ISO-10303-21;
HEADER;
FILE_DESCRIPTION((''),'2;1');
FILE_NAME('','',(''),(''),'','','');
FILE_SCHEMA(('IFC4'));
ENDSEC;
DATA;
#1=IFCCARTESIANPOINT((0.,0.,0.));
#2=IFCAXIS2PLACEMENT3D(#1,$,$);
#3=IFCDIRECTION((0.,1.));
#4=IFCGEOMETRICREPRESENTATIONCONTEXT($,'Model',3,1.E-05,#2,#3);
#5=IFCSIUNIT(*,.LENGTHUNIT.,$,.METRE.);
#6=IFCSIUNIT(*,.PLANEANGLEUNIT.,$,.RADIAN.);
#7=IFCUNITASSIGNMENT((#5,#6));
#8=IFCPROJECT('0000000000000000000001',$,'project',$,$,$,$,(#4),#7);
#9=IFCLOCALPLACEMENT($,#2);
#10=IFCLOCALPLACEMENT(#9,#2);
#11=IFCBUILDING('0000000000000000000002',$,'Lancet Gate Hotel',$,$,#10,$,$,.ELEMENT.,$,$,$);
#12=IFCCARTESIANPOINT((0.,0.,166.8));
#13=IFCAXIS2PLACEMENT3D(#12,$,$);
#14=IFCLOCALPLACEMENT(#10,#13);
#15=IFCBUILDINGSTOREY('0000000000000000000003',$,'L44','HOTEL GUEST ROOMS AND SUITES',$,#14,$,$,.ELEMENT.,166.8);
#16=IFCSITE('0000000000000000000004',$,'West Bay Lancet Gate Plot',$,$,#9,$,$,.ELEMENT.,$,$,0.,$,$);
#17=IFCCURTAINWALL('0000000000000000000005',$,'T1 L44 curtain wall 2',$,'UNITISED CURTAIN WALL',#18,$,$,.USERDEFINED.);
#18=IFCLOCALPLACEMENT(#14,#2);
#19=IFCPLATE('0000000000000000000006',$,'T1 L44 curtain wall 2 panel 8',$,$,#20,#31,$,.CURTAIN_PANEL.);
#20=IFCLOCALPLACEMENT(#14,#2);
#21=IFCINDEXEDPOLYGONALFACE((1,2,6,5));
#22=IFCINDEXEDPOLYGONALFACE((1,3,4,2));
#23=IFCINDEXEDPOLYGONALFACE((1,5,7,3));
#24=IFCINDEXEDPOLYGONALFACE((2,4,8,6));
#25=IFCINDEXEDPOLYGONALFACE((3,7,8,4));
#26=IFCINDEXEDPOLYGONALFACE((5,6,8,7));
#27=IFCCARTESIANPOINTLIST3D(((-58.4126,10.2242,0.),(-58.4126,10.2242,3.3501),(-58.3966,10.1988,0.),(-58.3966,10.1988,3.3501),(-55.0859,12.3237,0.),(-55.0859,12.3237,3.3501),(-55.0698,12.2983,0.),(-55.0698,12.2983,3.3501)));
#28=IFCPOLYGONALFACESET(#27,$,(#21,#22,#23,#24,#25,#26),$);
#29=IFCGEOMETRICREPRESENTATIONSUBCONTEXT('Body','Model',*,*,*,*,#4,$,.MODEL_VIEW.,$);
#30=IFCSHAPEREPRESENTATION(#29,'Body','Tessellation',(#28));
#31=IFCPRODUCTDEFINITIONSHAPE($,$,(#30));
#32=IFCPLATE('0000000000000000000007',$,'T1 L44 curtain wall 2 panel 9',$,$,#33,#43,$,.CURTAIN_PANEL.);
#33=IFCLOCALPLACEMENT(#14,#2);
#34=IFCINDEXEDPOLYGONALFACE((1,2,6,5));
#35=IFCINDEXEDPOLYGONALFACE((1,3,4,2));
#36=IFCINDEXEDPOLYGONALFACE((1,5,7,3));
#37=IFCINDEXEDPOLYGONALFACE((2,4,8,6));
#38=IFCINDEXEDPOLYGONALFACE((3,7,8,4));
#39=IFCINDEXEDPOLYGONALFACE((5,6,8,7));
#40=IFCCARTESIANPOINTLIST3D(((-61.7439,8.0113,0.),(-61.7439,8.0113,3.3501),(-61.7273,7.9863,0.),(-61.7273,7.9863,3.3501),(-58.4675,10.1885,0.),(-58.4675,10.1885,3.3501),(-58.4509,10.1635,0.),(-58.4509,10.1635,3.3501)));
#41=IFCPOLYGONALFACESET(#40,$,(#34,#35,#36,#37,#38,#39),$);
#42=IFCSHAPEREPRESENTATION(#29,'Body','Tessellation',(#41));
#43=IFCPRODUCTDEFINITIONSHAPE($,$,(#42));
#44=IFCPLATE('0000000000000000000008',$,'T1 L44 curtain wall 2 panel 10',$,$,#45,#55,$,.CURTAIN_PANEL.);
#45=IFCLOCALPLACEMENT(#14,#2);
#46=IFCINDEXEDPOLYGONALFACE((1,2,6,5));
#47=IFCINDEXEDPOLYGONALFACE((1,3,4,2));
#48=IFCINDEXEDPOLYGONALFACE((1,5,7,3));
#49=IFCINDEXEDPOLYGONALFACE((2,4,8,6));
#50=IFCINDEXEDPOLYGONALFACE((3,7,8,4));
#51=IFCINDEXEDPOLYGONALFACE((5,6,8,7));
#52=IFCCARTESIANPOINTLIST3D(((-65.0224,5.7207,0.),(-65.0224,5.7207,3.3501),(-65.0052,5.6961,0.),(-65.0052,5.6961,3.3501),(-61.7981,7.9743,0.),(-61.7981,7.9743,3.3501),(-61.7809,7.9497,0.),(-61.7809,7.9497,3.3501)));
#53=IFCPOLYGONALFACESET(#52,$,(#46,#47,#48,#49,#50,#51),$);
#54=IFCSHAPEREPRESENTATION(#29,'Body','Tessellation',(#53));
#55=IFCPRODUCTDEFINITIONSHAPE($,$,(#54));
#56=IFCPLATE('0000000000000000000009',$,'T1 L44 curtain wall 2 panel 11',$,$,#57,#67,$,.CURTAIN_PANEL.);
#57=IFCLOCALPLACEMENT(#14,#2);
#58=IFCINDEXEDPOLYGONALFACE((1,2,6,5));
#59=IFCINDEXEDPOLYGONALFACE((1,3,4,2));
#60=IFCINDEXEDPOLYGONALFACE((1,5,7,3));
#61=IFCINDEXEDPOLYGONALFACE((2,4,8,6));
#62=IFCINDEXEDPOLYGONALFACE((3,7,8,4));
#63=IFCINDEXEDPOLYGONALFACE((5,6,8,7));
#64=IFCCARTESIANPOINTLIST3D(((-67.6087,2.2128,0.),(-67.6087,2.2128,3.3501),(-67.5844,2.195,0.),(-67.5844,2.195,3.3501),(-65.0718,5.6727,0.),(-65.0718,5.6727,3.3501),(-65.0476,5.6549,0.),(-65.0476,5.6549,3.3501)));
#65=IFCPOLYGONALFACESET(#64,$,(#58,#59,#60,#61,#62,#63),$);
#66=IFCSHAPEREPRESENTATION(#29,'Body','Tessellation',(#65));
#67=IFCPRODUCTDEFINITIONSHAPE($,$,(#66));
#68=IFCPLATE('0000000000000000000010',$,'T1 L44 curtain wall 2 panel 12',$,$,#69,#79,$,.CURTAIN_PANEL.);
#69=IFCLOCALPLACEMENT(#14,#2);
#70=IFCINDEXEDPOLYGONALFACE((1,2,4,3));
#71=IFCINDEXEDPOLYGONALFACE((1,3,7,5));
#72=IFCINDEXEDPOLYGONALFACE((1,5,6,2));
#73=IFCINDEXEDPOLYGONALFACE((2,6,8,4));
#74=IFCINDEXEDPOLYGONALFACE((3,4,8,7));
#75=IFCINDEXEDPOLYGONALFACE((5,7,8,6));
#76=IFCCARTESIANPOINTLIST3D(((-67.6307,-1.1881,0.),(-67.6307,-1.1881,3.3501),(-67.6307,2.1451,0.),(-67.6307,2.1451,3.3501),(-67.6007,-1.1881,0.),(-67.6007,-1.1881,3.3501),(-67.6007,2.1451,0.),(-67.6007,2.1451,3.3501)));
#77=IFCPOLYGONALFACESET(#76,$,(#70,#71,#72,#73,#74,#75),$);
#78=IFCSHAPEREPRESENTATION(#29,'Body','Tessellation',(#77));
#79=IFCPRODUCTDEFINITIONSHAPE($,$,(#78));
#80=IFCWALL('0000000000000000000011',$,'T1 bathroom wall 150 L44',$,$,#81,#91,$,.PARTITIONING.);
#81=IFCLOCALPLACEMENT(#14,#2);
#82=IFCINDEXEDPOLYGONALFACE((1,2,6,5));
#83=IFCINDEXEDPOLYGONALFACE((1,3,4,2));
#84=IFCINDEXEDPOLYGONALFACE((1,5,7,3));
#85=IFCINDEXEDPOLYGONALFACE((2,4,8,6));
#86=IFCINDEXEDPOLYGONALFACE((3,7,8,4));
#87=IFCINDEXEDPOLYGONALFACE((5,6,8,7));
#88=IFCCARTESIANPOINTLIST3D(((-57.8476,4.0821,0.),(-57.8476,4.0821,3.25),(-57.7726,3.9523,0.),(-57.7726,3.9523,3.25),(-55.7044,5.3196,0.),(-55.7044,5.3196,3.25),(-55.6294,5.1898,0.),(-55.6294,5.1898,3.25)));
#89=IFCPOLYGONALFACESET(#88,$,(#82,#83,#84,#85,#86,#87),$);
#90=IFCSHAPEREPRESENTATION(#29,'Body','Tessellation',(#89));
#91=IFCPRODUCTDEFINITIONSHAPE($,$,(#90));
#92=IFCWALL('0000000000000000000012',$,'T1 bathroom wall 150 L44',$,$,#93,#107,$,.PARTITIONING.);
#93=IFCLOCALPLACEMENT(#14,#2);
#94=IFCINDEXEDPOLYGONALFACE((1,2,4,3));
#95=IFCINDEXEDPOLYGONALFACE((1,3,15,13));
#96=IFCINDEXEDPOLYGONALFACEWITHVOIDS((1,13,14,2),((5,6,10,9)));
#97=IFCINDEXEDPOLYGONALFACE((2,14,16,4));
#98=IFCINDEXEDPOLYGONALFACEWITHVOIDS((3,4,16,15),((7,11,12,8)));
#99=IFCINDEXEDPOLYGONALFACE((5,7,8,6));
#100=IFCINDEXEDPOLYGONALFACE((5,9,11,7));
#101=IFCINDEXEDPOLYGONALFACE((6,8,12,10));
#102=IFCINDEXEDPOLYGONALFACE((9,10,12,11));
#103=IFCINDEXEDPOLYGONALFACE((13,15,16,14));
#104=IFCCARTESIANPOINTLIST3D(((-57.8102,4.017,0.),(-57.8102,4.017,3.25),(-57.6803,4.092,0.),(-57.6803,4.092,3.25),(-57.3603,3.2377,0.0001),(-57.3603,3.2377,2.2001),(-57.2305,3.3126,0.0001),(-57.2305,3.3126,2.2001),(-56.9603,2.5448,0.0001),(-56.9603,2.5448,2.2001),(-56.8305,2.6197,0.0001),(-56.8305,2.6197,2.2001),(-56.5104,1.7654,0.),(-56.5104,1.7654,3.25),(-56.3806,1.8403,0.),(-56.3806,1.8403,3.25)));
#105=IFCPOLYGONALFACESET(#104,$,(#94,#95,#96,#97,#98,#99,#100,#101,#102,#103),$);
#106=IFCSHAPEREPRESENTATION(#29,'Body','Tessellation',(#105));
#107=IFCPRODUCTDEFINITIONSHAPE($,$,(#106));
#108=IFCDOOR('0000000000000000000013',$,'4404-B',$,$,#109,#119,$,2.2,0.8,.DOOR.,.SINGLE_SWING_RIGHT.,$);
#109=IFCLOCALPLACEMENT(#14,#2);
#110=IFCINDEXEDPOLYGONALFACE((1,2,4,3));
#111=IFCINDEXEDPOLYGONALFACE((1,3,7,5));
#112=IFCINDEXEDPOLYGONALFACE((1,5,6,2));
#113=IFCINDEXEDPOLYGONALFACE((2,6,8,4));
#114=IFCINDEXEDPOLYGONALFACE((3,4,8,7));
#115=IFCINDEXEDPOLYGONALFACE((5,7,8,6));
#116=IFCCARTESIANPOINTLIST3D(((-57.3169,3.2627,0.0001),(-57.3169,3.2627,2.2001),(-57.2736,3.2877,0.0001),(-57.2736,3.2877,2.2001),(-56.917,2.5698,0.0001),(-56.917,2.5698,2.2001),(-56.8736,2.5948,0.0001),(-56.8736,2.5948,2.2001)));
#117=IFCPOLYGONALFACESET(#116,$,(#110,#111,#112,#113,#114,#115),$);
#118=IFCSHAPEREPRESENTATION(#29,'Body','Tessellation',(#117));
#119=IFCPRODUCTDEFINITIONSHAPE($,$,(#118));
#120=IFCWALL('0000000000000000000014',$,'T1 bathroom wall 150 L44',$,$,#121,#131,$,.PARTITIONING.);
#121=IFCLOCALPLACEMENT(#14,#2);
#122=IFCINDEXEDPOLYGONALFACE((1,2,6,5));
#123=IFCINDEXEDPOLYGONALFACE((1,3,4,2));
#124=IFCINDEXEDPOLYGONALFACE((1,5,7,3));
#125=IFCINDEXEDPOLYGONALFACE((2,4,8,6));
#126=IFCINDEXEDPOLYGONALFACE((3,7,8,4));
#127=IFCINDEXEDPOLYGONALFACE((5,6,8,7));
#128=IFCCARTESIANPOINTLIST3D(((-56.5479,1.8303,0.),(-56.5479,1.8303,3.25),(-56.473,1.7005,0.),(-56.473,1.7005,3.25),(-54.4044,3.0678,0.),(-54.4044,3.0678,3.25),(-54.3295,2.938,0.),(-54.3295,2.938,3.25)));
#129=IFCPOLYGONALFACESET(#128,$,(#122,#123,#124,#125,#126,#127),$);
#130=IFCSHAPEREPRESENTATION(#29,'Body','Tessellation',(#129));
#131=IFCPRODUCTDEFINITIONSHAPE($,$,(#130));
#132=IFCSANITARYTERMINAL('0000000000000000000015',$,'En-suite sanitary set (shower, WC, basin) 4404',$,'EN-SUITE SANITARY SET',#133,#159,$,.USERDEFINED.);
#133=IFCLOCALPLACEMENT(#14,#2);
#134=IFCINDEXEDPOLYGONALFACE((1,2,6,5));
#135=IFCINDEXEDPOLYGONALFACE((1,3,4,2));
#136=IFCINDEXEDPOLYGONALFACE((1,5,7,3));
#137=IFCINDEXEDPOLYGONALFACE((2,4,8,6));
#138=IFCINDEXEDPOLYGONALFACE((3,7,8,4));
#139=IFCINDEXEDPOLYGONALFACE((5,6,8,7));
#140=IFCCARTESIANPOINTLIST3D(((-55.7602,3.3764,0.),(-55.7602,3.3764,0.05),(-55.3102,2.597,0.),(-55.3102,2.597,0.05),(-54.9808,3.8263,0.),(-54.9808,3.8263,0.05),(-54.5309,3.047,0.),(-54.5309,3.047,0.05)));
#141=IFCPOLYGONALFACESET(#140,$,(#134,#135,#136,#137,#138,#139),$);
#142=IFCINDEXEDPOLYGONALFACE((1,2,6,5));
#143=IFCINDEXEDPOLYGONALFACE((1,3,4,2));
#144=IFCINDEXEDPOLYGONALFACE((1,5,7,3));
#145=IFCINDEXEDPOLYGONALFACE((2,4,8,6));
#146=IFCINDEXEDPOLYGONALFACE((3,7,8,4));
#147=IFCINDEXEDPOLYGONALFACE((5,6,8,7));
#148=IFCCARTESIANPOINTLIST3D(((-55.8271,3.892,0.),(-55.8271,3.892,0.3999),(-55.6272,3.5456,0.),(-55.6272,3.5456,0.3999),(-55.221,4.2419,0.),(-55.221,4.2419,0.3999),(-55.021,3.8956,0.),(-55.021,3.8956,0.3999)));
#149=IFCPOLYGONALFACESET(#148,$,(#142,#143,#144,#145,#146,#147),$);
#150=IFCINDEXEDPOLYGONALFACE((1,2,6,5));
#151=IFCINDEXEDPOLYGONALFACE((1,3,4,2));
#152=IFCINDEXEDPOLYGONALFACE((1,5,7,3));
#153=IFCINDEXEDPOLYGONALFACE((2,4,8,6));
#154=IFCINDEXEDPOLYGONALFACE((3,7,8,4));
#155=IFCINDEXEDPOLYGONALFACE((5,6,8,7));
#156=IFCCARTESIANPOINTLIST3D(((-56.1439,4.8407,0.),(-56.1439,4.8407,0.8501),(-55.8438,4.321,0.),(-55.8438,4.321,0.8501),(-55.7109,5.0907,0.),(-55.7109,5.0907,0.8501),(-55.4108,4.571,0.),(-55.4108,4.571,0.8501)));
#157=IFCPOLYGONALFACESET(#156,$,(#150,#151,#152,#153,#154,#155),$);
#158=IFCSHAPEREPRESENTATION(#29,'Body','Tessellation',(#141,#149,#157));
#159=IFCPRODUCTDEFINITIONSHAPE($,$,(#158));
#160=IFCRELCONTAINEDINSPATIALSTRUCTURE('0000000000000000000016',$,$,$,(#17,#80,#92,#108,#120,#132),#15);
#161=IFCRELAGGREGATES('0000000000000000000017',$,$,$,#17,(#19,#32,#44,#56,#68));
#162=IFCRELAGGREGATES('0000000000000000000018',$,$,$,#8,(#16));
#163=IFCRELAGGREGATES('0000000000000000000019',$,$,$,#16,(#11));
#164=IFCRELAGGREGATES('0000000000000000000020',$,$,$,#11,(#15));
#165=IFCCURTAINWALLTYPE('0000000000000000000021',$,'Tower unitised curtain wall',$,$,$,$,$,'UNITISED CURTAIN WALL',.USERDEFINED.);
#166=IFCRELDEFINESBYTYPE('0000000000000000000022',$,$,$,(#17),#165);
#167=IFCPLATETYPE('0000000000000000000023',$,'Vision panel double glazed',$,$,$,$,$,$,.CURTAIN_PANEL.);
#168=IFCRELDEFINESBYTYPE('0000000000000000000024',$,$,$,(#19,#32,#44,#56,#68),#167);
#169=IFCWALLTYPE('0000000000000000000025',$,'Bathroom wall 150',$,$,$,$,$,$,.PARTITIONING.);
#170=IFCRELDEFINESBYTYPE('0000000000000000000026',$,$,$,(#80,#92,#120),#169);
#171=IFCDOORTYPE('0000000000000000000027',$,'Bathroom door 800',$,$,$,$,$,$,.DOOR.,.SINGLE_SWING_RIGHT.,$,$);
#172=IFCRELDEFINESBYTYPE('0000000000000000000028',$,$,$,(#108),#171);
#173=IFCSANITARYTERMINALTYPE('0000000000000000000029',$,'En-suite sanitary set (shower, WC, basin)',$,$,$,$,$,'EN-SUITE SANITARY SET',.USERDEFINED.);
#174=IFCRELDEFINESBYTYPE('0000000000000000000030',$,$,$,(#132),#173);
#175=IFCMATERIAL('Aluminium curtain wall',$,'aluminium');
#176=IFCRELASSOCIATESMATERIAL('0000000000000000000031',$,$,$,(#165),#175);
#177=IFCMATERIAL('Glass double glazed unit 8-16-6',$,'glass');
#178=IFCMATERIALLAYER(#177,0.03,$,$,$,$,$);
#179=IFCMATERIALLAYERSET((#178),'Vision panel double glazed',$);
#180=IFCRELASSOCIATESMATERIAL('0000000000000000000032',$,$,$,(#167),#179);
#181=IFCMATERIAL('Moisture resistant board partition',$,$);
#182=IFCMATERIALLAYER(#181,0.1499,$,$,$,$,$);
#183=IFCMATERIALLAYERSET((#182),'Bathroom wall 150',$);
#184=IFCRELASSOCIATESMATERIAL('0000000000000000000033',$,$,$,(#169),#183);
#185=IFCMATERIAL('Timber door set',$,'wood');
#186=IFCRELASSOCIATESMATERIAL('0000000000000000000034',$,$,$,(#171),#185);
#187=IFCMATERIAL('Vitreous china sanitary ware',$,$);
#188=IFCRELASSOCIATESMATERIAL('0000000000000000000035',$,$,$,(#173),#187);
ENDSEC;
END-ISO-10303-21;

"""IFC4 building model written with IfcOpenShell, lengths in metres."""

from ifc_helpers import new_model, si_unit, direction, frame, frame_2d, origin, origin_2d, place, context, subcontext, project, spatial, rectangle, extrude, material, layer, layer_set, type_object, element, fill, aggregate, save


model = new_model("IFC4")

# Units and contexts
model_context = context("Model", 3, precision=1e-05, world=origin(), true_north=direction((0.0, 1.0)))
body_context = subcontext(model_context, "Body", "Model", "MODEL_VIEW")
ifc_project = project(units=[si_unit("LENGTHUNIT", "METRE"), si_unit("PLANEANGLEUNIT", "RADIAN")], contexts=[model_context])

# Site, building, storey
site_placement = place(None, origin())
site = spatial("IfcSite", under=ifc_project, at=site_placement, Name="West Bay Lancet Gate Plot", CompositionType="ELEMENT", RefElevation=0.0)
building_placement = place(site_placement, origin())
building = spatial("IfcBuilding", under=site, at=building_placement, Name="Lancet Gate Hotel", CompositionType="ELEMENT")
storey_placement = place(building_placement, frame((0.0, 0.0, 166.8)))
storey = spatial("IfcBuildingStorey", under=building, at=storey_placement, Name="L44", Description="HOTEL GUEST ROOMS AND SUITES", CompositionType="ELEMENT", Elevation=166.8)

# Curtain wall
ifc_material_1 = material(Name="Aluminium curtain wall", Category="aluminium")
curtain_wall_type = type_object("IfcCurtainWallType", Name="Tower unitised curtain wall", ElementType="UNITISED CURTAIN WALL", PredefinedType="USERDEFINED", material=ifc_material_1)
curtain_wall_placement = place(storey_placement, origin())
curtain_wall = element("IfcCurtainWall", 1, at=curtain_wall_placement, inside=storey, type_object=curtain_wall_type, Name="T1 L44 curtain wall 2", ObjectType="UNITISED CURTAIN WALL", PredefinedType="USERDEFINED")

# Plates
ifc_material_2 = material(Name="Glass double glazed unit 8-16-6", Category="glass")
ifc_layer_1 = layer(ifc_material_2, 0.03)
ifc_layer_set_1 = layer_set([ifc_layer_1], Name="Vision panel double glazed")
plate_type = type_object("IfcPlateType", Name="Vision panel double glazed", PredefinedType="CURTAIN_PANEL", material=ifc_layer_set_1)
plate_1_placement = place(storey_placement, frame((-56.7412, 11.2612, 0.0), z_axis=(0.0, 0.0, 1.0), x_axis=(-0.845667, -0.533711, 0.0)))
plate_1 = element("IfcPlate", 2, at=plate_1_placement, type_object=plate_type, Name="T1 L44 curtain wall 2 panel 8", PredefinedType="CURTAIN_PANEL", context=body_context, shape_type="SweptSolid", body=[
    extrude(rectangle(XDim=3.9338, YDim=0.03, at=origin_2d()), origin(), (0.0, 0.0, 1.0), 3.3501),
])
plate_2_placement = place(storey_placement, frame((-60.0974, 9.0874, 0.0), z_axis=(0.0, 0.0, 1.0), x_axis=(-0.832879, -0.553455, 0.0)))
plate_2 = element("IfcPlate", 3, at=plate_2_placement, type_object=plate_type, Name="T1 L44 curtain wall 2 panel 9", PredefinedType="CURTAIN_PANEL", context=body_context, shape_type="SweptSolid", body=[
    extrude(rectangle(XDim=3.9338, YDim=0.03, at=origin_2d()), origin(), (0.0, 0.0, 1.0), 3.3501),
])
plate_3_placement = place(storey_placement, frame((-63.4016, 6.8352, 0.0), z_axis=(0.0, 0.0, 1.0), x_axis=(-0.819631, -0.572892, 0.0)))
plate_3 = element("IfcPlate", 4, at=plate_3_placement, type_object=plate_type, Name="T1 L44 curtain wall 2 panel 10", PredefinedType="CURTAIN_PANEL", context=body_context, shape_type="SweptSolid", body=[
    extrude(rectangle(XDim=3.9338, YDim=0.03, at=origin_2d()), origin(), (0.0, 0.0, 1.0), 3.3501),
])
plate_4_placement = place(storey_placement, frame((-66.3281, 3.9338, 0.0), z_axis=(0.0, 0.0, 1.0), x_axis=(-0.5913, -0.806452, 0.0)))
plate_4 = element("IfcPlate", 5, at=plate_4_placement, type_object=plate_type, Name="T1 L44 curtain wall 2 panel 11", PredefinedType="CURTAIN_PANEL", context=body_context, shape_type="SweptSolid", body=[
    extrude(rectangle(XDim=4.2903, YDim=0.03, at=origin_2d()), origin(), (0.0, 0.0, 1.0), 3.3501),
])
plate_5_placement = place(storey_placement, frame((-67.6157, 0.4785, 0.0), z_axis=(0.0, 0.0, 1.0), x_axis=(0.0, -1.0, 0.0)))
plate_5 = element("IfcPlate", 6, at=plate_5_placement, type_object=plate_type, Name="T1 L44 curtain wall 2 panel 12", PredefinedType="CURTAIN_PANEL", context=body_context, shape_type="SweptSolid", body=[
    extrude(rectangle(XDim=3.3333, YDim=0.03, at=origin_2d()), origin(), (0.0, 0.0, 1.0), 3.3501),
])
aggregate(curtain_wall, [plate_1, plate_2, plate_3, plate_4, plate_5])

# Wall
ifc_material_3 = material(Name="Moisture resistant board partition")
ifc_layer_2 = layer(ifc_material_3, 0.1499)
ifc_layer_set_2 = layer_set([ifc_layer_2], Name="Bathroom wall 150")
wall_type = type_object("IfcWallType", Name="Bathroom wall 150", PredefinedType="PARTITIONING", material=ifc_layer_set_2)
wall_1_placement = place(storey_placement, frame((-55.667, 5.2546, 0.0), z_axis=(0.0, 0.0, 1.0), x_axis=(-0.866007, -0.500033, 0.0)))
element("IfcWall", 7, at=wall_1_placement, inside=storey, type_object=wall_type, Name="T1 bathroom wall 150 L44", PredefinedType="PARTITIONING", context=body_context, shape_type="SweptSolid", body=[
    extrude(rectangle(XDim=2.4749, YDim=0.1499, at=frame_2d((1.2373, 0.0))), origin(), (0.0, 0.0, 1.0), 3.25),
])

# Wall, opening, door
wall_2_placement = place(storey_placement, frame((-56.4456, 1.803, 0.0), z_axis=(0.0, 0.0, 1.0), x_axis=(-0.499937, 0.866062, 0.0)))
wall_2 = element("IfcWall", 8, at=wall_2_placement, inside=storey, type_object=wall_type, Name="T1 bathroom wall 150 L44", PredefinedType="PARTITIONING", context=body_context, shape_type="SweptSolid", body=[
    extrude(rectangle(XDim=2.5999, YDim=0.1499, at=frame_2d((1.2998, 0.0))), origin(), (0.0, 0.0, 1.0), 3.25),
])
opening_placement = place(wall_2_placement, frame((0.8999, 0.0, 0.0)))
opening = element("IfcOpeningElement", 9, at=opening_placement, cuts=wall_2, PredefinedType="OPENING", context=body_context, shape_type="SweptSolid", body=[
    extrude(rectangle(XDim=0.8, YDim=2.2, at=frame_2d((0.3999, 1.1001))), frame((0.0, 0.085, 0.0), z_axis=(0.0, -1.0, 0.0), x_axis=(1.0, 0.0, 0.0)), (0.0, 0.0, 1.0), 0.1699),
])
ifc_material_4 = material(Name="Timber door set", Category="wood")
door_type = type_object("IfcDoorType", Name="Bathroom door 800", OperationType="SINGLE_SWING_RIGHT", PredefinedType="DOOR", material=ifc_material_4)
door_placement = place(opening_placement, origin())
door = element("IfcDoor", 10, at=door_placement, inside=storey, type_object=door_type, Name="4404-B", OperationType="SINGLE_SWING_RIGHT", OverallHeight=2.2, OverallWidth=0.8, PredefinedType="DOOR", context=body_context, shape_type="SweptSolid", body=[
    extrude(rectangle(XDim=0.8, YDim=2.2, at=frame_2d((0.3999, 1.1001))), frame((0.0, 0.0249, 0.0), z_axis=(0.0, -1.0, 0.0), x_axis=(1.0, 0.0, 0.0)), (0.0, 0.0, 1.0), 0.05),
])
fill(opening, door)

# Wall
wall_3_placement = place(storey_placement, frame((-54.3669, 3.0029, 0.0), z_axis=(0.0, 0.0, 1.0), x_axis=(-0.866031, -0.49999, 0.0)))
element("IfcWall", 11, at=wall_3_placement, inside=storey, type_object=wall_type, Name="T1 bathroom wall 150 L44", PredefinedType="PARTITIONING", context=body_context, shape_type="SweptSolid", body=[
    extrude(rectangle(XDim=2.4751, YDim=0.1499, at=frame_2d((1.2375, 0.0))), origin(), (0.0, 0.0, 1.0), 3.25),
])

# Sanitary terminal
ifc_material_5 = material(Name="Vitreous china sanitary ware")
sanitary_terminal_type = type_object("IfcSanitaryTerminalType", Name="En-suite sanitary set (shower, WC, basin)", ElementType="EN-SUITE SANITARY SET", PredefinedType="USERDEFINED", material=ifc_material_5)
sanitary_terminal_placement = place(storey_placement, frame((-55.1455, 3.2117, 0.0), z_axis=(0.0, 0.0, 1.0), x_axis=(1.0, 0.0, 0.0)))
element("IfcSanitaryTerminal", 12, at=sanitary_terminal_placement, inside=storey, type_object=sanitary_terminal_type, Name="En-suite sanitary set (shower, WC, basin) 4404", ObjectType="EN-SUITE SANITARY SET", PredefinedType="USERDEFINED", context=body_context, shape_type="SweptSolid", body=[
    extrude(rectangle(XDim=0.8999, YDim=0.8999, at=origin_2d()), frame((0.0, 0.0, 0.0), z_axis=(0.0, 0.0, 1.0), x_axis=(0.5, -0.866025, 0.0)), (0.0, 0.0, 1.0), 0.05),
    extrude(rectangle(XDim=0.3999, YDim=0.7, at=origin_2d()), frame((-0.2786, 0.6821, 0.0), z_axis=(0.0, 0.0, 1.0), x_axis=(0.5, -0.866025, 0.0)), (0.0, 0.0, 1.0), 0.3999),
    extrude(rectangle(XDim=0.6001, YDim=0.5, at=origin_2d()), frame((-0.6318, 1.4941, 0.0), z_axis=(0.0, 0.0, 1.0), x_axis=(0.5, -0.866025, 0.0)), (0.0, 0.0, 1.0), 0.8501),
])

save(model, "model.ifc")
